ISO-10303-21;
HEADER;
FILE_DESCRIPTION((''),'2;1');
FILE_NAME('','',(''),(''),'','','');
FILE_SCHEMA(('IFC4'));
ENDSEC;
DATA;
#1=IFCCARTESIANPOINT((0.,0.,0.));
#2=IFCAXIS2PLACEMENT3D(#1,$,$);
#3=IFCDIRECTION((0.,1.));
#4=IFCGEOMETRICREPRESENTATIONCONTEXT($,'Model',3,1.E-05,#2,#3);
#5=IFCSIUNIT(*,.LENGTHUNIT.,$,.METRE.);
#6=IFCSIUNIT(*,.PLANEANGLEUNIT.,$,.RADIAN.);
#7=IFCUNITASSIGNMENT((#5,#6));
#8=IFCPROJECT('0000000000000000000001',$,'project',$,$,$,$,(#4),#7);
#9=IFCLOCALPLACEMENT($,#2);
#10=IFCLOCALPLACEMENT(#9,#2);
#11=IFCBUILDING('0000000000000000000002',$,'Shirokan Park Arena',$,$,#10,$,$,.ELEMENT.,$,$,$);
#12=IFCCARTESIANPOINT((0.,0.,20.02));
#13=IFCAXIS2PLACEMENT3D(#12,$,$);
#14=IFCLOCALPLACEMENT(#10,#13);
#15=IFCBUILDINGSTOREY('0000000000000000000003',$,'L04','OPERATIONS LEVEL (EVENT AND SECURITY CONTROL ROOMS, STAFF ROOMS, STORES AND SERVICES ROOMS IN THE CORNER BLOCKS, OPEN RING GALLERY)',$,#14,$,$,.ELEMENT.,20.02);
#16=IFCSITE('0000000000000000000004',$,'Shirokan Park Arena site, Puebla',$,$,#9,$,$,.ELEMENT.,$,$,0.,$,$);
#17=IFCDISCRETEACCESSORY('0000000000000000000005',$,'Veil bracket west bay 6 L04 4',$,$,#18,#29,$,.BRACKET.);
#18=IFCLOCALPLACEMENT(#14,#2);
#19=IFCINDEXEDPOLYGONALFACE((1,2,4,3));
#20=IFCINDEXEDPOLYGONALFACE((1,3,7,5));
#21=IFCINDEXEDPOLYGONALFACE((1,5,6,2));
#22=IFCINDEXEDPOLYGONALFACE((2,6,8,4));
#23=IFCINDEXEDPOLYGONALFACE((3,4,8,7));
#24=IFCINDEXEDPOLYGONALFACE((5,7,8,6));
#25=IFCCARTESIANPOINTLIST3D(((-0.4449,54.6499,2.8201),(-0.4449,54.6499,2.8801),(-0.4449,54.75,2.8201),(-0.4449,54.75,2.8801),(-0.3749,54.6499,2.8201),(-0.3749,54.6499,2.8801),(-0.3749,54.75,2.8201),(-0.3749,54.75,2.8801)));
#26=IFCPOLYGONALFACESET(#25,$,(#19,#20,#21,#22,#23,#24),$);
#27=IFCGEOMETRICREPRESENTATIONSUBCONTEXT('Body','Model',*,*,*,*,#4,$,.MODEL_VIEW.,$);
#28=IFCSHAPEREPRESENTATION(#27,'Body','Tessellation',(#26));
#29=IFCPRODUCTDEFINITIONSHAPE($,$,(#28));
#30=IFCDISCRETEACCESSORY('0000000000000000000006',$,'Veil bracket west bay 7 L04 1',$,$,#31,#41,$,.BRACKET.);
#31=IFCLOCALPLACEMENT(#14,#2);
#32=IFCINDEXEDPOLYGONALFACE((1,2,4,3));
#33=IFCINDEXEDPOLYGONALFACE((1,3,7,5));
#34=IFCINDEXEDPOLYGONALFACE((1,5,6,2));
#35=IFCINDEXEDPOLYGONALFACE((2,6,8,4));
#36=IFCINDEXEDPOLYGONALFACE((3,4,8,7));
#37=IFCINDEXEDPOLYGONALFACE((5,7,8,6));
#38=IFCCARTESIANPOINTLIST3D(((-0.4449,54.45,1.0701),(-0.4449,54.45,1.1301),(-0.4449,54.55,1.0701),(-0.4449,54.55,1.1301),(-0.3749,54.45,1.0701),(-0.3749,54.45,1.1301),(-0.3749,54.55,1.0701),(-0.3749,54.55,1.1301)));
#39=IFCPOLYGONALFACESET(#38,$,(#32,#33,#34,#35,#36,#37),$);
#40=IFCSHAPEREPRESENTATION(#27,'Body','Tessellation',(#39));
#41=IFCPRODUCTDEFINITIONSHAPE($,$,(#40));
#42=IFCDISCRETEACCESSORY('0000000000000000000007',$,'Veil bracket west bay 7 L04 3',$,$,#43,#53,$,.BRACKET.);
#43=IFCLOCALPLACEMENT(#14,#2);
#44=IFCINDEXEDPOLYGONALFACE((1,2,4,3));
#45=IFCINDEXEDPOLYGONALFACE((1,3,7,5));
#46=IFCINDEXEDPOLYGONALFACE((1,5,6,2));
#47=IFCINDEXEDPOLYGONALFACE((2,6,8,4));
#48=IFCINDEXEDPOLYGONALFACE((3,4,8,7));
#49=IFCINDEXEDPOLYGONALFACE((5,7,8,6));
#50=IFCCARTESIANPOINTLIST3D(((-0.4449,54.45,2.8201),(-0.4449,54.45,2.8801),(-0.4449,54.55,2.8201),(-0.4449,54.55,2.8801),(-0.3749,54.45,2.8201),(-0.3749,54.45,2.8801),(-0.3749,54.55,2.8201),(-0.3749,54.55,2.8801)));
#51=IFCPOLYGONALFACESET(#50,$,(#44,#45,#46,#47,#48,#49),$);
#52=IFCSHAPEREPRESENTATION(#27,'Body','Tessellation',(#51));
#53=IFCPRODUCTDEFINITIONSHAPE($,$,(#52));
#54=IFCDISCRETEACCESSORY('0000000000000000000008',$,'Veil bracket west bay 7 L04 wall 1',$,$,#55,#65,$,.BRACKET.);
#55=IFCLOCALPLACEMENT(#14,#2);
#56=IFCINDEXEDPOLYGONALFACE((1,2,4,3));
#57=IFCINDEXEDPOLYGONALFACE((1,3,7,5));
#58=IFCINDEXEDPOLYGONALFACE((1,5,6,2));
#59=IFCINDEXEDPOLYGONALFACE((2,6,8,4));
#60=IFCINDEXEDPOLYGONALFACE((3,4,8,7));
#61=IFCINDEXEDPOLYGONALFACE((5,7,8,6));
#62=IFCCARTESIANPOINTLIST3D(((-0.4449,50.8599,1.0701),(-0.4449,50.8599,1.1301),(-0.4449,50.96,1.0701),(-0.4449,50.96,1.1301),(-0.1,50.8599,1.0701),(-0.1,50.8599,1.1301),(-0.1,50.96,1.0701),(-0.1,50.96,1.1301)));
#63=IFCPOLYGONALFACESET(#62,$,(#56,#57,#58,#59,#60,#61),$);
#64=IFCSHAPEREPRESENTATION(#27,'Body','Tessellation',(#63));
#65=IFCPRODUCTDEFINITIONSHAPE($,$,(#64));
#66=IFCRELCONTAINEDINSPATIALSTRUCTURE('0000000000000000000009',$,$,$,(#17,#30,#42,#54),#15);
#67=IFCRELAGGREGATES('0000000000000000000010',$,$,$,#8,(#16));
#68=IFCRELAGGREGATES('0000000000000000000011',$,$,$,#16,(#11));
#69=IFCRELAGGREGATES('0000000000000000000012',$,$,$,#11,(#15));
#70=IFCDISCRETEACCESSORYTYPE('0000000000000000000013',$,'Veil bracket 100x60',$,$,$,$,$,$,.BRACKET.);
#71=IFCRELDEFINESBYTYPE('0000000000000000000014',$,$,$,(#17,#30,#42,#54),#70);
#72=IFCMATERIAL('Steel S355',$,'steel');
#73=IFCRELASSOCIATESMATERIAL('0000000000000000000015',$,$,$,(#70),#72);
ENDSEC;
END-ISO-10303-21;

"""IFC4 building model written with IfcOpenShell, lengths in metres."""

from ifc_helpers import new_model, si_unit, direction, frame, origin, origin_2d, place, context, subcontext, project, spatial, rectangle, extrude, material, type_object, element, save


model = new_model("IFC4")

# Units and contexts
model_context = context("Model", 3, precision=1e-05, world=origin(), true_north=direction((0.0, 1.0)))
body_context = subcontext(model_context, "Body", "Model", "MODEL_VIEW")
ifc_project = project(units=[si_unit("LENGTHUNIT", "METRE"), si_unit("PLANEANGLEUNIT", "RADIAN")], contexts=[model_context])

# Site, building, storey
site_placement = place(None, origin())
site = spatial("IfcSite", under=ifc_project, at=site_placement, Name="Shirokan Park Arena site, Puebla", CompositionType="ELEMENT", RefElevation=0.0)
building_placement = place(site_placement, origin())
building = spatial("IfcBuilding", under=site, at=building_placement, Name="Shirokan Park Arena", CompositionType="ELEMENT")
storey_placement = place(building_placement, frame((0.0, 0.0, 20.02)))
storey = spatial("IfcBuildingStorey", under=building, at=storey_placement, Name="L04", Description="OPERATIONS LEVEL (EVENT AND SECURITY CONTROL ROOMS, STAFF ROOMS, STORES AND SERVICES ROOMS IN THE CORNER BLOCKS, OPEN RING GALLERY)", CompositionType="ELEMENT", Elevation=20.02)

# Shared definitions
ifc_material_1 = material(Name="Steel S355", Category="steel")

# Discrete accessories
discrete_accessory_type = type_object("IfcDiscreteAccessoryType", Name="Veil bracket 100x60", PredefinedType="BRACKET", material=ifc_material_1)
for number, where, z_axis, x_axis, name in (
    (1, (-0.4099, 54.7, 2.8201), (0.0, 0.0, 1.0), (0.0, -1.0, 0.0), "Veil bracket west bay 6 L04 4"),
    (2, (-0.4099, 54.5, 1.0701), (0.0, 0.0, 1.0), (0.0, -1.0, 0.0), "Veil bracket west bay 7 L04 1"),
    (3, (-0.4099, 54.5, 2.8201), (0.0, 0.0, 1.0), (0.0, -1.0, 0.0), "Veil bracket west bay 7 L04 3"),
):
    element("IfcDiscreteAccessory", number, at=place(storey_placement, frame(where, z_axis=z_axis, x_axis=x_axis)), inside=storey, type_object=discrete_accessory_type, Name=name, PredefinedType="BRACKET", context=body_context, shape_type="SweptSolid", body=[
        extrude(rectangle(XDim=0.1001, YDim=0.0701, at=origin_2d()), origin(), (0.0, 0.0, 1.0), 0.0601),
    ])
discrete_accessory_placement = place(storey_placement, frame((-0.2725, 50.9099, 1.0701), z_axis=(0.0, 0.0, 1.0), x_axis=(0.0, -1.0, 0.0)))
element("IfcDiscreteAccessory", 4, at=discrete_accessory_placement, inside=storey, type_object=discrete_accessory_type, Name="Veil bracket west bay 7 L04 wall 1", PredefinedType="BRACKET", context=body_context, shape_type="SweptSolid", body=[
    extrude(rectangle(XDim=0.1001, YDim=0.345, at=origin_2d()), origin(), (0.0, 0.0, 1.0), 0.0601),
])

save(model, "model.ifc")
